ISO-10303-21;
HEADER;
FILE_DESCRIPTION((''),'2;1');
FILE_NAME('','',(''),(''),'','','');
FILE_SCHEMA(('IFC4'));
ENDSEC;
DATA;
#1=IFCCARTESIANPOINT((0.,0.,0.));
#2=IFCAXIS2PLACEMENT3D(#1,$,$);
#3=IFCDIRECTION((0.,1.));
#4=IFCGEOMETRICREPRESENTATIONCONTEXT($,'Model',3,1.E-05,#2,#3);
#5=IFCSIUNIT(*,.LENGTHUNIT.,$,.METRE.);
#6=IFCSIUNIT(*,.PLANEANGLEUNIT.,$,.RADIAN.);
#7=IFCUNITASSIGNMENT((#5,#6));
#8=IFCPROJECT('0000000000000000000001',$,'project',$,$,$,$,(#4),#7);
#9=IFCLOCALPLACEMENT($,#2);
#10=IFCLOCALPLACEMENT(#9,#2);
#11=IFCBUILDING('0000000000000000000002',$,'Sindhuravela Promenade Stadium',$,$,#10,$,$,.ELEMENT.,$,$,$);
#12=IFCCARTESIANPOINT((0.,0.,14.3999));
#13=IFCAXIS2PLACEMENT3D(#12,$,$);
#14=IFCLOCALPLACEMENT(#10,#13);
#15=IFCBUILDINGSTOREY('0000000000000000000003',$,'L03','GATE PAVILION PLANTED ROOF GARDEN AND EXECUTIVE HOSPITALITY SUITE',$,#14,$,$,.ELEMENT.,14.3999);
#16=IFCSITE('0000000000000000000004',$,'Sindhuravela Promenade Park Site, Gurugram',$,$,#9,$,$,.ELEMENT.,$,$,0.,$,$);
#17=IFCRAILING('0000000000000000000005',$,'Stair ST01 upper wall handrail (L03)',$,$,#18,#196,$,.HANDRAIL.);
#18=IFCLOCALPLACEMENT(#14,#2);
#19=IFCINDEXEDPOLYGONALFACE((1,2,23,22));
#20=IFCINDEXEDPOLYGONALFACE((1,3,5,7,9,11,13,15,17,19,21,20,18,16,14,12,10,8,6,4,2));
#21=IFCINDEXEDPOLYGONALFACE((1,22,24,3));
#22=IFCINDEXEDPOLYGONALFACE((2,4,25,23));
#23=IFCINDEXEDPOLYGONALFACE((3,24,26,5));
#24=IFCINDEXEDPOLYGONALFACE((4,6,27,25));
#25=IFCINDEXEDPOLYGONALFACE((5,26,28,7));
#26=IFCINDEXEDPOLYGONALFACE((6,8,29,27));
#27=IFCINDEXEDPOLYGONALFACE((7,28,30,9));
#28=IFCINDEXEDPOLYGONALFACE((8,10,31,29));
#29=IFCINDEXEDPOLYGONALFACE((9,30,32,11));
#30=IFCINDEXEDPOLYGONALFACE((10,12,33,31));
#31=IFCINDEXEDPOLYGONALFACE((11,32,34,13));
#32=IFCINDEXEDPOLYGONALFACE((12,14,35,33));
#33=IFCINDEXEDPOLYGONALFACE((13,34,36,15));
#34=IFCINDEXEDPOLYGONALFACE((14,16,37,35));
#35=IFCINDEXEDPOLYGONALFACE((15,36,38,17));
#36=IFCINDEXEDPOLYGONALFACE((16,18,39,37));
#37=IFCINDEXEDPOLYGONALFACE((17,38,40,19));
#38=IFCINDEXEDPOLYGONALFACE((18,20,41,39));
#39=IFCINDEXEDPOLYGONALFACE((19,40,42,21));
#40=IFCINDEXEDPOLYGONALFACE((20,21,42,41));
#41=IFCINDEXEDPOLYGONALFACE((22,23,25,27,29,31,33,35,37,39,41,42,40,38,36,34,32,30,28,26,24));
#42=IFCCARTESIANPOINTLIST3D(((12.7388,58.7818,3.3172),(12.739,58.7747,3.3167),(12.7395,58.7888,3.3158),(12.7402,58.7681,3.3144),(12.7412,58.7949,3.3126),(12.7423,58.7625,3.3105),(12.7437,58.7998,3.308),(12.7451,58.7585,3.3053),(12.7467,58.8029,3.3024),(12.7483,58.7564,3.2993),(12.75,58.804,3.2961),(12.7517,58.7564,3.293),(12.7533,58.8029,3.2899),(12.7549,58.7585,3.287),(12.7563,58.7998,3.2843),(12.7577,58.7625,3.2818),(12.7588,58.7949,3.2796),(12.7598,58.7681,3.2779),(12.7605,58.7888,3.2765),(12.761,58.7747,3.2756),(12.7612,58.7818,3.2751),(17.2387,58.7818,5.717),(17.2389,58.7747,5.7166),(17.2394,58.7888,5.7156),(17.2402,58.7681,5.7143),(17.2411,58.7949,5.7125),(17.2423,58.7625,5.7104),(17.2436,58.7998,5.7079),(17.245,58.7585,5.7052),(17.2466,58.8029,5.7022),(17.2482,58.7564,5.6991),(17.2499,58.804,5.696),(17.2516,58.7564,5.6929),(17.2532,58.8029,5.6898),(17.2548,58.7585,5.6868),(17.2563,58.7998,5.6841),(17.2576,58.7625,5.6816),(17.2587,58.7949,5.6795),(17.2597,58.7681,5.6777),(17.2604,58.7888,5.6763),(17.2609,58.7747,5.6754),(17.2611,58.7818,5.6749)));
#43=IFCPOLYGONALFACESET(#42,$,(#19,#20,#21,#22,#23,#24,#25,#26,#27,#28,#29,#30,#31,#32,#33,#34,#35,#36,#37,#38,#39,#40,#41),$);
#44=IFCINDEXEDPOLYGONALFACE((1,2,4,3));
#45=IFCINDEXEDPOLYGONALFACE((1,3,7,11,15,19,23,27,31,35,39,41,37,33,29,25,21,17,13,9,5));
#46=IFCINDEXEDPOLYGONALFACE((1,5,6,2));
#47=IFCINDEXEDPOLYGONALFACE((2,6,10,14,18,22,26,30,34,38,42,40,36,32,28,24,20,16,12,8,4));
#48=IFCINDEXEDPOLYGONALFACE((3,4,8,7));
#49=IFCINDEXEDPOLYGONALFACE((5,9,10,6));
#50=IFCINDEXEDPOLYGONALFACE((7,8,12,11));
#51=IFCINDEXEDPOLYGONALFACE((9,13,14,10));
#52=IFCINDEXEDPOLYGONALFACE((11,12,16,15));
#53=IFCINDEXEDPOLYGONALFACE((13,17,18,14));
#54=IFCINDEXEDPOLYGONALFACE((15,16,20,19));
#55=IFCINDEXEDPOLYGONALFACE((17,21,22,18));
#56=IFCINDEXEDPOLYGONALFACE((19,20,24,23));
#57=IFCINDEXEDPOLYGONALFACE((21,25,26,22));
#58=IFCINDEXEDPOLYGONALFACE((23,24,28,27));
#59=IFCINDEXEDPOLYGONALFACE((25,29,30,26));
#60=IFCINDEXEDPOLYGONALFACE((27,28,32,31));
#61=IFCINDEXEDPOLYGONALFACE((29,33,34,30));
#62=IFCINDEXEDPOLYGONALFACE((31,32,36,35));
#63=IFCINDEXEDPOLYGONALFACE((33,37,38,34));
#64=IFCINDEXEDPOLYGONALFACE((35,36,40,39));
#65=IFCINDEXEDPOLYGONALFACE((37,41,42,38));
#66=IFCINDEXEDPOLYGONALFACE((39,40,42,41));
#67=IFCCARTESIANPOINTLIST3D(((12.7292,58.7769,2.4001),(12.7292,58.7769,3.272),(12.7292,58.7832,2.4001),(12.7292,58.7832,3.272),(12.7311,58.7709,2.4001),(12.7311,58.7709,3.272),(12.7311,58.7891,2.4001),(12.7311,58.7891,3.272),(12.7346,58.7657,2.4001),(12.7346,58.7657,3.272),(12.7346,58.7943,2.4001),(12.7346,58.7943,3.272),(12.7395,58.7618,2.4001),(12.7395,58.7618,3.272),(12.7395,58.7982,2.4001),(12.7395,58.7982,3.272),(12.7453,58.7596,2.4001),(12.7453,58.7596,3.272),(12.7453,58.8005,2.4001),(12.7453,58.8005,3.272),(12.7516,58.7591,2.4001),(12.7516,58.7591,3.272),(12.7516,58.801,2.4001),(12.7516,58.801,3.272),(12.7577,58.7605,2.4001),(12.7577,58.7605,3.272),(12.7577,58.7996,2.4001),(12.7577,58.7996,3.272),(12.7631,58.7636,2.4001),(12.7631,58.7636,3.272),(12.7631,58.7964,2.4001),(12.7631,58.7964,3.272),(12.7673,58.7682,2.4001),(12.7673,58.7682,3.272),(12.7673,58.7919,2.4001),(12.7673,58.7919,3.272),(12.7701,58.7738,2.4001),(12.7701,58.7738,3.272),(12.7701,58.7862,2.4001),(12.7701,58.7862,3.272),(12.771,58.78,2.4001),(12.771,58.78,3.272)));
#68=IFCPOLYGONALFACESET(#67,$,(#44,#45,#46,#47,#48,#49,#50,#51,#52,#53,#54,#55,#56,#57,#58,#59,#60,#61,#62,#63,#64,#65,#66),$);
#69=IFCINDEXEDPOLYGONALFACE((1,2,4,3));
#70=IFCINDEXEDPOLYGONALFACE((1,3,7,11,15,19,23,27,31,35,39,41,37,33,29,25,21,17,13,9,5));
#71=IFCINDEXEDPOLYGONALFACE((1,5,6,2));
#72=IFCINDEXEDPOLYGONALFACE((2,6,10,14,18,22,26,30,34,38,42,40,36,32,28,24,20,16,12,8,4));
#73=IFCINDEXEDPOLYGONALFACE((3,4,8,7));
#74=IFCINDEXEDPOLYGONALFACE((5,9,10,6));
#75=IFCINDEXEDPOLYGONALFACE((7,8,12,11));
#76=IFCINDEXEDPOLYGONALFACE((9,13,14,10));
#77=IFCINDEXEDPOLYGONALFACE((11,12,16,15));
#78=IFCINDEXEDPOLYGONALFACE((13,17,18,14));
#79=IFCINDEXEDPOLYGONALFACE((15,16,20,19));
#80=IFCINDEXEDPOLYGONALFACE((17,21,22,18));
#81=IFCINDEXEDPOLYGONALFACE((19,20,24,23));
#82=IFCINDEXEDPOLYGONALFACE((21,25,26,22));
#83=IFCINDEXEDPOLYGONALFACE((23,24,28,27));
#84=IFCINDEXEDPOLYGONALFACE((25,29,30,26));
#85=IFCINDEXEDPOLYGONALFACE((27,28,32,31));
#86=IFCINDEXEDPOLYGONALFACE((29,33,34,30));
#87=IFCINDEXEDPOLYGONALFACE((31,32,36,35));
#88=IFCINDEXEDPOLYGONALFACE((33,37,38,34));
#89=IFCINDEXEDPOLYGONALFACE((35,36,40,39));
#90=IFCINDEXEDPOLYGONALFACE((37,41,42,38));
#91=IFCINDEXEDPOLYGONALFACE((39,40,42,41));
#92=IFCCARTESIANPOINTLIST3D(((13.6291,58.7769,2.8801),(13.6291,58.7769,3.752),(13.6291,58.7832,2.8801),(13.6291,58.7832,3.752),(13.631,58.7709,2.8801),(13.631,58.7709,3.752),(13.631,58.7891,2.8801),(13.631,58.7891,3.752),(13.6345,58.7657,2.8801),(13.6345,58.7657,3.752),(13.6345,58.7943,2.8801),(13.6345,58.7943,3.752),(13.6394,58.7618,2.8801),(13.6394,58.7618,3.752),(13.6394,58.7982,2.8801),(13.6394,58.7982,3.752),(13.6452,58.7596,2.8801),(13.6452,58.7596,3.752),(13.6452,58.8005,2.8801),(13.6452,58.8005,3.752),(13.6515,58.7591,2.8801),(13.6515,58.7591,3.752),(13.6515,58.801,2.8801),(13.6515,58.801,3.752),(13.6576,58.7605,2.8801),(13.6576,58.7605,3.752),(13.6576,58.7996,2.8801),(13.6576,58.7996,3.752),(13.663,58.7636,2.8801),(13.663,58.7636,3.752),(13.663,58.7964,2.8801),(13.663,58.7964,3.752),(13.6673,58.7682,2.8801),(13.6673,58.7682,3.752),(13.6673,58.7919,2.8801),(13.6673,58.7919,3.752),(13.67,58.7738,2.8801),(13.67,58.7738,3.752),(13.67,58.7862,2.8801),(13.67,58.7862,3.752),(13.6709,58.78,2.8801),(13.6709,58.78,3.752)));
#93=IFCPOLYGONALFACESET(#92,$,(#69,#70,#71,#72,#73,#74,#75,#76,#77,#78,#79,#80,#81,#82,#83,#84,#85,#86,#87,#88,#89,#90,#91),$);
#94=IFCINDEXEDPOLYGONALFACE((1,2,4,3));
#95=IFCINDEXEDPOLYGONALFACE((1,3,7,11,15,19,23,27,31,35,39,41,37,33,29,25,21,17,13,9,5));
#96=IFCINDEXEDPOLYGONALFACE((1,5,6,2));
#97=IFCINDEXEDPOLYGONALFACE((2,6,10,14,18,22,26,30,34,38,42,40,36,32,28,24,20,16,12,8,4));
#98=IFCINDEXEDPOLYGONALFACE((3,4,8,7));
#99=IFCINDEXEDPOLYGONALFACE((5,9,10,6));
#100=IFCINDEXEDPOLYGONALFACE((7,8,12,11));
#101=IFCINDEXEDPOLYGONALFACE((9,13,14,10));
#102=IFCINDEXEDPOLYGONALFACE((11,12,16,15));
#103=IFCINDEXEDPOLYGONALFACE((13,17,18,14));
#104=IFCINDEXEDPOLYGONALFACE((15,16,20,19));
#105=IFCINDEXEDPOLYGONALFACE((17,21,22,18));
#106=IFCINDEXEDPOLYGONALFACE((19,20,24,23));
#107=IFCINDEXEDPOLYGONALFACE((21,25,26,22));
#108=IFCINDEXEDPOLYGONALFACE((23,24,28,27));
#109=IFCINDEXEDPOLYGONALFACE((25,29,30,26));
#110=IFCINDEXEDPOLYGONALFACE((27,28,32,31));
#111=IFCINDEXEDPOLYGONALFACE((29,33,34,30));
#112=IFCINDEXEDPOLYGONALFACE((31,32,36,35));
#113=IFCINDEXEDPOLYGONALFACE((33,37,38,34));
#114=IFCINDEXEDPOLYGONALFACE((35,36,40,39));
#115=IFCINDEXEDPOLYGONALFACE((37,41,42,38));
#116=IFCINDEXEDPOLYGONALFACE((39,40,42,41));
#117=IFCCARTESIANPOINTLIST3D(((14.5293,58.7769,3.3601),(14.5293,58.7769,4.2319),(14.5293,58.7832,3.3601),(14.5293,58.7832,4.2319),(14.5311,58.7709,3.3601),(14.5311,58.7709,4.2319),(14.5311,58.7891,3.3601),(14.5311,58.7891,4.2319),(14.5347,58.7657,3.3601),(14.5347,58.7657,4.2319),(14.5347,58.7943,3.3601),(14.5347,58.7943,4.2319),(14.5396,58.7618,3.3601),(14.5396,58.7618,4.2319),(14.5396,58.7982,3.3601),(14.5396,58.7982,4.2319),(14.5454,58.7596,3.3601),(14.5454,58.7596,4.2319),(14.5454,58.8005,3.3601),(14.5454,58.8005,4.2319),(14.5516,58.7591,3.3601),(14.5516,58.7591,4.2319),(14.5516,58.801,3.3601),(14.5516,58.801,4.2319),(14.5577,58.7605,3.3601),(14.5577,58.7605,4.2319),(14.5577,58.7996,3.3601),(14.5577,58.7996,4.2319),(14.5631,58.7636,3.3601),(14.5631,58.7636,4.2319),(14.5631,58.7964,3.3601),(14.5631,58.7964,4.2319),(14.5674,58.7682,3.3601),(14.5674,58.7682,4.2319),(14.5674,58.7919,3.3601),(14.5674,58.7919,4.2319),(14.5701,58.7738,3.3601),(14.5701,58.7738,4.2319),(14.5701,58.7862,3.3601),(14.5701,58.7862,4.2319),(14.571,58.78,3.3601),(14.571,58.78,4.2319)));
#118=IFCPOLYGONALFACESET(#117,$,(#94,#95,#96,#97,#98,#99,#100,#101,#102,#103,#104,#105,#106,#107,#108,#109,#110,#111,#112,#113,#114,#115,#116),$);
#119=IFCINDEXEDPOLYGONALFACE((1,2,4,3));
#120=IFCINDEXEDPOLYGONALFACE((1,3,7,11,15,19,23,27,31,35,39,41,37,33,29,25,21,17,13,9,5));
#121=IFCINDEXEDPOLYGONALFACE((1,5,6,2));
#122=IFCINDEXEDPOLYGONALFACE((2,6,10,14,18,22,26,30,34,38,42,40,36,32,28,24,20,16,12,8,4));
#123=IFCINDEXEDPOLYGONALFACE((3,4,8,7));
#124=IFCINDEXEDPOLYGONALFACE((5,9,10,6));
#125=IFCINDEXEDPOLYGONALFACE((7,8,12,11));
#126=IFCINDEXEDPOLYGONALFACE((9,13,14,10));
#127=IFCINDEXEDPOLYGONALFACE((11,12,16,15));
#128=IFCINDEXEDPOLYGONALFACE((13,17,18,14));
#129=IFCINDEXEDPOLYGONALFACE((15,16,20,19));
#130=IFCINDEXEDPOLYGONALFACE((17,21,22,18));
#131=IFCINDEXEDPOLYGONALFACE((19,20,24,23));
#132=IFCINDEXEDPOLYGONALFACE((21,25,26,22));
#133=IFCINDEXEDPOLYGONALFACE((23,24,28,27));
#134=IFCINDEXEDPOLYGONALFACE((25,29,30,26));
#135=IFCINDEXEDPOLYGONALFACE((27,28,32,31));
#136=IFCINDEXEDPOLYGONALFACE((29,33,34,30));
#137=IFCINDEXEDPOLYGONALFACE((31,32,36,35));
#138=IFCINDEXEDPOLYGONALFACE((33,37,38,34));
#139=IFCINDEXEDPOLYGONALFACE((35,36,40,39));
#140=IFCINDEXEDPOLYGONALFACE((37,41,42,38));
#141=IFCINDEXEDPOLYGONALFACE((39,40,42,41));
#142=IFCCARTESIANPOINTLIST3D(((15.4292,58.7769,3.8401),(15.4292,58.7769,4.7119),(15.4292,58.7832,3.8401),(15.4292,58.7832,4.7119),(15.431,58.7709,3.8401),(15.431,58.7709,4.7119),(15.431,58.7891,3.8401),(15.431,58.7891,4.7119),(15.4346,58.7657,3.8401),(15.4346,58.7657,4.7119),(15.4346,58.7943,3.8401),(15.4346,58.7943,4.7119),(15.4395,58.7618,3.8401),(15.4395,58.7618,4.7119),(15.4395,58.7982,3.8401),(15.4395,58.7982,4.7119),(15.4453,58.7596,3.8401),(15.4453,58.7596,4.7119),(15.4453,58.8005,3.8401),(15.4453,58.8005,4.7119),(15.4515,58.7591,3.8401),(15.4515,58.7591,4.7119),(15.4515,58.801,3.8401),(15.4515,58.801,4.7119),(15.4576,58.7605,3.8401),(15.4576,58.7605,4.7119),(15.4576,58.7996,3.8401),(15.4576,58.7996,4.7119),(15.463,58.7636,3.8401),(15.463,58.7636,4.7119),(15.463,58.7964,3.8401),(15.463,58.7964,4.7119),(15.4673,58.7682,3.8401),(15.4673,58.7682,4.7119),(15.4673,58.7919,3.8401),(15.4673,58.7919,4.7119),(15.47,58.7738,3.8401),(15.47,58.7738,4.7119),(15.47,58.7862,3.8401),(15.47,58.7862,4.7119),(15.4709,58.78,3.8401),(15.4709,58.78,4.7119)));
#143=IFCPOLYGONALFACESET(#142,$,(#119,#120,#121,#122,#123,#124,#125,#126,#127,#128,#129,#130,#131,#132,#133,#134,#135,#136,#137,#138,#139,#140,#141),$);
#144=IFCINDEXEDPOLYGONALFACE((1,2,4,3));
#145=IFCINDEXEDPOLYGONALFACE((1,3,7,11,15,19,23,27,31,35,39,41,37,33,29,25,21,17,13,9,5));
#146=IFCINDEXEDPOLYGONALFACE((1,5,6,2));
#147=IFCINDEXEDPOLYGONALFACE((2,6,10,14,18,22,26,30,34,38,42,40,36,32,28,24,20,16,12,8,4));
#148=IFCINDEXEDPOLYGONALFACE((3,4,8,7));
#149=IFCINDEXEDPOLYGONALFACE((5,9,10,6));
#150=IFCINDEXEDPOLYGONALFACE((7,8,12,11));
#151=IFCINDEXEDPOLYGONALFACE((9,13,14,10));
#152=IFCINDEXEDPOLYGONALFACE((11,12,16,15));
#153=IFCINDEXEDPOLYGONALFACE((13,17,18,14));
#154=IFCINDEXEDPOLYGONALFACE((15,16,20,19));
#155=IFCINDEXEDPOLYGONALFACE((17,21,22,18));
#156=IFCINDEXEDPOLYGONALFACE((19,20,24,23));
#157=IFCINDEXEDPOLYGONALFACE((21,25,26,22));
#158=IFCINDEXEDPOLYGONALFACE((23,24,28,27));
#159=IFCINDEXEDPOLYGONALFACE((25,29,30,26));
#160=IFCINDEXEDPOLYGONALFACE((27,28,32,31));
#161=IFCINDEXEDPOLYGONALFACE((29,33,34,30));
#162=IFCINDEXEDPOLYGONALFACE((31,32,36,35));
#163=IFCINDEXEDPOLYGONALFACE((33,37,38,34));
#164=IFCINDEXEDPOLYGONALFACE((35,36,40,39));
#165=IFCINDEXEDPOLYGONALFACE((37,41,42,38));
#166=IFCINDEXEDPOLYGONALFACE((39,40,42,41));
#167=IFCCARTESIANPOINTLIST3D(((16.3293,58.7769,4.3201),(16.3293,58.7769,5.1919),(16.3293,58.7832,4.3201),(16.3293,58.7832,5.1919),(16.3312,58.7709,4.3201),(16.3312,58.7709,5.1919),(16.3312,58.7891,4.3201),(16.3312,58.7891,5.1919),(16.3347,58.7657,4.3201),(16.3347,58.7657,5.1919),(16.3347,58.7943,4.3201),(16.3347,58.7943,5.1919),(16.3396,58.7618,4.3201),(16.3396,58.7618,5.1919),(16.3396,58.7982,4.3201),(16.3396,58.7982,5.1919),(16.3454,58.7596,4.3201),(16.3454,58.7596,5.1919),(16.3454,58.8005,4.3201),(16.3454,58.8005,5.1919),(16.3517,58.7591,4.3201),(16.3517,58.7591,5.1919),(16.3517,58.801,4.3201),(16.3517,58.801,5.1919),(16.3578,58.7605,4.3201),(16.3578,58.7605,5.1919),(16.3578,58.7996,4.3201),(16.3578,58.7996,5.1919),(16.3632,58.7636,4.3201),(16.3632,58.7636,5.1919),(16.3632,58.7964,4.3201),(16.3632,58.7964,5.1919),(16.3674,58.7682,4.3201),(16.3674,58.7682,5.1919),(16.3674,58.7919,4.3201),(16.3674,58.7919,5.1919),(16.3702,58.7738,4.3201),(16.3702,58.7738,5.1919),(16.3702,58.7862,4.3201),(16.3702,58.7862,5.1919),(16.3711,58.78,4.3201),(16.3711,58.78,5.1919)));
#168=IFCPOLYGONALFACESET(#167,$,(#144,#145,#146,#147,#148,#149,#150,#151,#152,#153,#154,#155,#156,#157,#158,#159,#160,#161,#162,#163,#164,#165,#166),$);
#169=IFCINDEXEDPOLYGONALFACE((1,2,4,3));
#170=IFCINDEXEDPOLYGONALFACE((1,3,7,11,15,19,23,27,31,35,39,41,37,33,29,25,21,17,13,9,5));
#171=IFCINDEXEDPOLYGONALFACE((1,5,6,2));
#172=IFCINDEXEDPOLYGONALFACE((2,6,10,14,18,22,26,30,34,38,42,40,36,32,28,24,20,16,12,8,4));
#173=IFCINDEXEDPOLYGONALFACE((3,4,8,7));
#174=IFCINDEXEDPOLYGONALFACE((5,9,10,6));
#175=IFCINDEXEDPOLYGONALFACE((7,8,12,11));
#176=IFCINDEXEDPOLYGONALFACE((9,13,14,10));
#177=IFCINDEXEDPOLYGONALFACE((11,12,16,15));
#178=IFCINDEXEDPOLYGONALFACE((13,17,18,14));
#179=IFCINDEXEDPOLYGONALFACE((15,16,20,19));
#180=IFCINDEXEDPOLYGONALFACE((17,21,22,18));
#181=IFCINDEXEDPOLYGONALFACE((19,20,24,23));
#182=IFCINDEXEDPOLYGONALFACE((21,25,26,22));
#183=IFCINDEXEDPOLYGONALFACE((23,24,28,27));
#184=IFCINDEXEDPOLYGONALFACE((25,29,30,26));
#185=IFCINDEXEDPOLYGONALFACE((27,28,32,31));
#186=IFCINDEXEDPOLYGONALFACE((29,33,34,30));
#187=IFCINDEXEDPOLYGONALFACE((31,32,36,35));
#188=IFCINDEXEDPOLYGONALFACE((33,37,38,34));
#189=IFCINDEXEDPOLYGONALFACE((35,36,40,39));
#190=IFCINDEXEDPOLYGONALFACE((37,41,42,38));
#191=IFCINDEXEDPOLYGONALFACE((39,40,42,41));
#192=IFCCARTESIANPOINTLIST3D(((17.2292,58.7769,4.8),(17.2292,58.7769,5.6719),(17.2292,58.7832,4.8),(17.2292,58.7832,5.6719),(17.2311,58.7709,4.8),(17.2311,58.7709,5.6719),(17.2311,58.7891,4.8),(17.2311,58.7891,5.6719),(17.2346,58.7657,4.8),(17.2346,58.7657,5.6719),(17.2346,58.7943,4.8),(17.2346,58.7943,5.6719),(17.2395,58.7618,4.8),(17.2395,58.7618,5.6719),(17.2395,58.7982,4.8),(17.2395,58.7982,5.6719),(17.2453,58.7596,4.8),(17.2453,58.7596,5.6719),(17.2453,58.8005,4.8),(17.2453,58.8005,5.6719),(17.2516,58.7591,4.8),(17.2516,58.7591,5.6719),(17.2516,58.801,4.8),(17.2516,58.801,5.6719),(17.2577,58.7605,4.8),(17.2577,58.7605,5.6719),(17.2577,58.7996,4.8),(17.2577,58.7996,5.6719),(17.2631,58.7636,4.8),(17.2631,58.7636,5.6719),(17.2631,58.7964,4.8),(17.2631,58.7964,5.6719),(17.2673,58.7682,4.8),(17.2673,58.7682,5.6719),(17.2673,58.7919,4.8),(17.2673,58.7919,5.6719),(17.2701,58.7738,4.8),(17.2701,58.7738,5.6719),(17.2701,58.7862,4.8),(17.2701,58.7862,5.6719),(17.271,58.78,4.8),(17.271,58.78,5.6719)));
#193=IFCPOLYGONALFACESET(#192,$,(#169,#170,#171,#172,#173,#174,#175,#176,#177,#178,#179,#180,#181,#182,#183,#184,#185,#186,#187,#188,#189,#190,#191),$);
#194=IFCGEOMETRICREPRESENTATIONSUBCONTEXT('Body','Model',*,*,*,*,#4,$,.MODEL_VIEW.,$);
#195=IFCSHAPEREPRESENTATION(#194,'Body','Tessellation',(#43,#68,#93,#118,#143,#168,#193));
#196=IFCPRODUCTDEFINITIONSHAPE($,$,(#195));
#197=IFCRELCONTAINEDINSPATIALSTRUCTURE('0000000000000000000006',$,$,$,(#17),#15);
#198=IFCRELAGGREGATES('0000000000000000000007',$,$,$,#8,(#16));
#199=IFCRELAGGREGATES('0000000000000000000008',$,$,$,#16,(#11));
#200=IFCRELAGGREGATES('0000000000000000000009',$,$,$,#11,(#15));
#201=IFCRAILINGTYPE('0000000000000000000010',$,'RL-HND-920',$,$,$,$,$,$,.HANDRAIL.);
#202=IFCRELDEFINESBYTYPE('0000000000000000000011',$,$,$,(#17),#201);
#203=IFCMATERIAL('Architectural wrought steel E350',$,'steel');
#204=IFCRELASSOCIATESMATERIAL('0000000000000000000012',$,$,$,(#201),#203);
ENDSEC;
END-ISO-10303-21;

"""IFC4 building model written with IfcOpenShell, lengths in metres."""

from ifc_helpers import new_model, si_unit, direction, frame, origin, origin_2d, place, context, subcontext, project, spatial, circle, extrude, material, type_object, element, save


model = new_model("IFC4")

# Units and contexts
model_context = context("Model", 3, precision=1e-05, world=origin(), true_north=direction((0.0, 1.0)))
body_context = subcontext(model_context, "Body", "Model", "MODEL_VIEW")
ifc_project = project(units=[si_unit("LENGTHUNIT", "METRE"), si_unit("PLANEANGLEUNIT", "RADIAN")], contexts=[model_context])

# Site, building, storey
site_placement = place(None, origin())
site = spatial("IfcSite", under=ifc_project, at=site_placement, Name="Sindhuravela Promenade Park Site, Gurugram", CompositionType="ELEMENT", RefElevation=0.0)
building_placement = place(site_placement, origin())
building = spatial("IfcBuilding", under=site, at=building_placement, Name="Sindhuravela Promenade Stadium", CompositionType="ELEMENT")
storey_placement = place(building_placement, frame((0.0, 0.0, 14.3999)))
storey = spatial("IfcBuildingStorey", under=building, at=storey_placement, Name="L03", Description="GATE PAVILION PLANTED ROOF GARDEN AND EXECUTIVE HOSPITALITY SUITE", CompositionType="ELEMENT", Elevation=14.3999)

# Shared definitions
ifc_material_1 = material(Name="Architectural wrought steel E350", Category="steel")

# Railing
railing_type_1 = type_object("IfcRailingType", Name="RL-HND-920", PredefinedType="HANDRAIL", material=ifc_material_1)
railing_1_placement = place(storey_placement, frame((12.75, 58.78, 2.4001)))
element("IfcRailing", 1, at=railing_1_placement, inside=storey, type_object=railing_type_1, Name="Stair ST01 upper wall handrail (L03)", PredefinedType="HANDRAIL", context=body_context, shape_type="SweptSolid", body=[
    extrude(circle(Radius=0.0239, at=origin_2d()), frame((0.0, 0.0, 0.896), z_axis=(0.882361, 0.0, 0.470573), x_axis=(0.0, 1.0, 0.0)), (0.0, 0.0, 1.0), 5.0999),
    extrude(circle(Radius=0.021, at=origin_2d()), origin(), (0.0, 0.0, 1.0), 0.8718),
    extrude(circle(Radius=0.021, at=origin_2d()), frame((0.8999, 0.0, 0.48)), (0.0, 0.0, 1.0), 0.8718),
    extrude(circle(Radius=0.021, at=origin_2d()), frame((1.8, 0.0, 0.96)), (0.0, 0.0, 1.0), 0.8718),
    extrude(circle(Radius=0.021, at=origin_2d()), frame((2.7, 0.0, 1.4399)), (0.0, 0.0, 1.0), 0.8718),
    extrude(circle(Radius=0.021, at=origin_2d()), frame((3.6001, 0.0, 1.9199)), (0.0, 0.0, 1.0), 0.8718),
    extrude(circle(Radius=0.021, at=origin_2d()), frame((4.5, 0.0, 2.3999)), (0.0, 0.0, 1.0), 0.8718),
])

save(model, "model.ifc")
